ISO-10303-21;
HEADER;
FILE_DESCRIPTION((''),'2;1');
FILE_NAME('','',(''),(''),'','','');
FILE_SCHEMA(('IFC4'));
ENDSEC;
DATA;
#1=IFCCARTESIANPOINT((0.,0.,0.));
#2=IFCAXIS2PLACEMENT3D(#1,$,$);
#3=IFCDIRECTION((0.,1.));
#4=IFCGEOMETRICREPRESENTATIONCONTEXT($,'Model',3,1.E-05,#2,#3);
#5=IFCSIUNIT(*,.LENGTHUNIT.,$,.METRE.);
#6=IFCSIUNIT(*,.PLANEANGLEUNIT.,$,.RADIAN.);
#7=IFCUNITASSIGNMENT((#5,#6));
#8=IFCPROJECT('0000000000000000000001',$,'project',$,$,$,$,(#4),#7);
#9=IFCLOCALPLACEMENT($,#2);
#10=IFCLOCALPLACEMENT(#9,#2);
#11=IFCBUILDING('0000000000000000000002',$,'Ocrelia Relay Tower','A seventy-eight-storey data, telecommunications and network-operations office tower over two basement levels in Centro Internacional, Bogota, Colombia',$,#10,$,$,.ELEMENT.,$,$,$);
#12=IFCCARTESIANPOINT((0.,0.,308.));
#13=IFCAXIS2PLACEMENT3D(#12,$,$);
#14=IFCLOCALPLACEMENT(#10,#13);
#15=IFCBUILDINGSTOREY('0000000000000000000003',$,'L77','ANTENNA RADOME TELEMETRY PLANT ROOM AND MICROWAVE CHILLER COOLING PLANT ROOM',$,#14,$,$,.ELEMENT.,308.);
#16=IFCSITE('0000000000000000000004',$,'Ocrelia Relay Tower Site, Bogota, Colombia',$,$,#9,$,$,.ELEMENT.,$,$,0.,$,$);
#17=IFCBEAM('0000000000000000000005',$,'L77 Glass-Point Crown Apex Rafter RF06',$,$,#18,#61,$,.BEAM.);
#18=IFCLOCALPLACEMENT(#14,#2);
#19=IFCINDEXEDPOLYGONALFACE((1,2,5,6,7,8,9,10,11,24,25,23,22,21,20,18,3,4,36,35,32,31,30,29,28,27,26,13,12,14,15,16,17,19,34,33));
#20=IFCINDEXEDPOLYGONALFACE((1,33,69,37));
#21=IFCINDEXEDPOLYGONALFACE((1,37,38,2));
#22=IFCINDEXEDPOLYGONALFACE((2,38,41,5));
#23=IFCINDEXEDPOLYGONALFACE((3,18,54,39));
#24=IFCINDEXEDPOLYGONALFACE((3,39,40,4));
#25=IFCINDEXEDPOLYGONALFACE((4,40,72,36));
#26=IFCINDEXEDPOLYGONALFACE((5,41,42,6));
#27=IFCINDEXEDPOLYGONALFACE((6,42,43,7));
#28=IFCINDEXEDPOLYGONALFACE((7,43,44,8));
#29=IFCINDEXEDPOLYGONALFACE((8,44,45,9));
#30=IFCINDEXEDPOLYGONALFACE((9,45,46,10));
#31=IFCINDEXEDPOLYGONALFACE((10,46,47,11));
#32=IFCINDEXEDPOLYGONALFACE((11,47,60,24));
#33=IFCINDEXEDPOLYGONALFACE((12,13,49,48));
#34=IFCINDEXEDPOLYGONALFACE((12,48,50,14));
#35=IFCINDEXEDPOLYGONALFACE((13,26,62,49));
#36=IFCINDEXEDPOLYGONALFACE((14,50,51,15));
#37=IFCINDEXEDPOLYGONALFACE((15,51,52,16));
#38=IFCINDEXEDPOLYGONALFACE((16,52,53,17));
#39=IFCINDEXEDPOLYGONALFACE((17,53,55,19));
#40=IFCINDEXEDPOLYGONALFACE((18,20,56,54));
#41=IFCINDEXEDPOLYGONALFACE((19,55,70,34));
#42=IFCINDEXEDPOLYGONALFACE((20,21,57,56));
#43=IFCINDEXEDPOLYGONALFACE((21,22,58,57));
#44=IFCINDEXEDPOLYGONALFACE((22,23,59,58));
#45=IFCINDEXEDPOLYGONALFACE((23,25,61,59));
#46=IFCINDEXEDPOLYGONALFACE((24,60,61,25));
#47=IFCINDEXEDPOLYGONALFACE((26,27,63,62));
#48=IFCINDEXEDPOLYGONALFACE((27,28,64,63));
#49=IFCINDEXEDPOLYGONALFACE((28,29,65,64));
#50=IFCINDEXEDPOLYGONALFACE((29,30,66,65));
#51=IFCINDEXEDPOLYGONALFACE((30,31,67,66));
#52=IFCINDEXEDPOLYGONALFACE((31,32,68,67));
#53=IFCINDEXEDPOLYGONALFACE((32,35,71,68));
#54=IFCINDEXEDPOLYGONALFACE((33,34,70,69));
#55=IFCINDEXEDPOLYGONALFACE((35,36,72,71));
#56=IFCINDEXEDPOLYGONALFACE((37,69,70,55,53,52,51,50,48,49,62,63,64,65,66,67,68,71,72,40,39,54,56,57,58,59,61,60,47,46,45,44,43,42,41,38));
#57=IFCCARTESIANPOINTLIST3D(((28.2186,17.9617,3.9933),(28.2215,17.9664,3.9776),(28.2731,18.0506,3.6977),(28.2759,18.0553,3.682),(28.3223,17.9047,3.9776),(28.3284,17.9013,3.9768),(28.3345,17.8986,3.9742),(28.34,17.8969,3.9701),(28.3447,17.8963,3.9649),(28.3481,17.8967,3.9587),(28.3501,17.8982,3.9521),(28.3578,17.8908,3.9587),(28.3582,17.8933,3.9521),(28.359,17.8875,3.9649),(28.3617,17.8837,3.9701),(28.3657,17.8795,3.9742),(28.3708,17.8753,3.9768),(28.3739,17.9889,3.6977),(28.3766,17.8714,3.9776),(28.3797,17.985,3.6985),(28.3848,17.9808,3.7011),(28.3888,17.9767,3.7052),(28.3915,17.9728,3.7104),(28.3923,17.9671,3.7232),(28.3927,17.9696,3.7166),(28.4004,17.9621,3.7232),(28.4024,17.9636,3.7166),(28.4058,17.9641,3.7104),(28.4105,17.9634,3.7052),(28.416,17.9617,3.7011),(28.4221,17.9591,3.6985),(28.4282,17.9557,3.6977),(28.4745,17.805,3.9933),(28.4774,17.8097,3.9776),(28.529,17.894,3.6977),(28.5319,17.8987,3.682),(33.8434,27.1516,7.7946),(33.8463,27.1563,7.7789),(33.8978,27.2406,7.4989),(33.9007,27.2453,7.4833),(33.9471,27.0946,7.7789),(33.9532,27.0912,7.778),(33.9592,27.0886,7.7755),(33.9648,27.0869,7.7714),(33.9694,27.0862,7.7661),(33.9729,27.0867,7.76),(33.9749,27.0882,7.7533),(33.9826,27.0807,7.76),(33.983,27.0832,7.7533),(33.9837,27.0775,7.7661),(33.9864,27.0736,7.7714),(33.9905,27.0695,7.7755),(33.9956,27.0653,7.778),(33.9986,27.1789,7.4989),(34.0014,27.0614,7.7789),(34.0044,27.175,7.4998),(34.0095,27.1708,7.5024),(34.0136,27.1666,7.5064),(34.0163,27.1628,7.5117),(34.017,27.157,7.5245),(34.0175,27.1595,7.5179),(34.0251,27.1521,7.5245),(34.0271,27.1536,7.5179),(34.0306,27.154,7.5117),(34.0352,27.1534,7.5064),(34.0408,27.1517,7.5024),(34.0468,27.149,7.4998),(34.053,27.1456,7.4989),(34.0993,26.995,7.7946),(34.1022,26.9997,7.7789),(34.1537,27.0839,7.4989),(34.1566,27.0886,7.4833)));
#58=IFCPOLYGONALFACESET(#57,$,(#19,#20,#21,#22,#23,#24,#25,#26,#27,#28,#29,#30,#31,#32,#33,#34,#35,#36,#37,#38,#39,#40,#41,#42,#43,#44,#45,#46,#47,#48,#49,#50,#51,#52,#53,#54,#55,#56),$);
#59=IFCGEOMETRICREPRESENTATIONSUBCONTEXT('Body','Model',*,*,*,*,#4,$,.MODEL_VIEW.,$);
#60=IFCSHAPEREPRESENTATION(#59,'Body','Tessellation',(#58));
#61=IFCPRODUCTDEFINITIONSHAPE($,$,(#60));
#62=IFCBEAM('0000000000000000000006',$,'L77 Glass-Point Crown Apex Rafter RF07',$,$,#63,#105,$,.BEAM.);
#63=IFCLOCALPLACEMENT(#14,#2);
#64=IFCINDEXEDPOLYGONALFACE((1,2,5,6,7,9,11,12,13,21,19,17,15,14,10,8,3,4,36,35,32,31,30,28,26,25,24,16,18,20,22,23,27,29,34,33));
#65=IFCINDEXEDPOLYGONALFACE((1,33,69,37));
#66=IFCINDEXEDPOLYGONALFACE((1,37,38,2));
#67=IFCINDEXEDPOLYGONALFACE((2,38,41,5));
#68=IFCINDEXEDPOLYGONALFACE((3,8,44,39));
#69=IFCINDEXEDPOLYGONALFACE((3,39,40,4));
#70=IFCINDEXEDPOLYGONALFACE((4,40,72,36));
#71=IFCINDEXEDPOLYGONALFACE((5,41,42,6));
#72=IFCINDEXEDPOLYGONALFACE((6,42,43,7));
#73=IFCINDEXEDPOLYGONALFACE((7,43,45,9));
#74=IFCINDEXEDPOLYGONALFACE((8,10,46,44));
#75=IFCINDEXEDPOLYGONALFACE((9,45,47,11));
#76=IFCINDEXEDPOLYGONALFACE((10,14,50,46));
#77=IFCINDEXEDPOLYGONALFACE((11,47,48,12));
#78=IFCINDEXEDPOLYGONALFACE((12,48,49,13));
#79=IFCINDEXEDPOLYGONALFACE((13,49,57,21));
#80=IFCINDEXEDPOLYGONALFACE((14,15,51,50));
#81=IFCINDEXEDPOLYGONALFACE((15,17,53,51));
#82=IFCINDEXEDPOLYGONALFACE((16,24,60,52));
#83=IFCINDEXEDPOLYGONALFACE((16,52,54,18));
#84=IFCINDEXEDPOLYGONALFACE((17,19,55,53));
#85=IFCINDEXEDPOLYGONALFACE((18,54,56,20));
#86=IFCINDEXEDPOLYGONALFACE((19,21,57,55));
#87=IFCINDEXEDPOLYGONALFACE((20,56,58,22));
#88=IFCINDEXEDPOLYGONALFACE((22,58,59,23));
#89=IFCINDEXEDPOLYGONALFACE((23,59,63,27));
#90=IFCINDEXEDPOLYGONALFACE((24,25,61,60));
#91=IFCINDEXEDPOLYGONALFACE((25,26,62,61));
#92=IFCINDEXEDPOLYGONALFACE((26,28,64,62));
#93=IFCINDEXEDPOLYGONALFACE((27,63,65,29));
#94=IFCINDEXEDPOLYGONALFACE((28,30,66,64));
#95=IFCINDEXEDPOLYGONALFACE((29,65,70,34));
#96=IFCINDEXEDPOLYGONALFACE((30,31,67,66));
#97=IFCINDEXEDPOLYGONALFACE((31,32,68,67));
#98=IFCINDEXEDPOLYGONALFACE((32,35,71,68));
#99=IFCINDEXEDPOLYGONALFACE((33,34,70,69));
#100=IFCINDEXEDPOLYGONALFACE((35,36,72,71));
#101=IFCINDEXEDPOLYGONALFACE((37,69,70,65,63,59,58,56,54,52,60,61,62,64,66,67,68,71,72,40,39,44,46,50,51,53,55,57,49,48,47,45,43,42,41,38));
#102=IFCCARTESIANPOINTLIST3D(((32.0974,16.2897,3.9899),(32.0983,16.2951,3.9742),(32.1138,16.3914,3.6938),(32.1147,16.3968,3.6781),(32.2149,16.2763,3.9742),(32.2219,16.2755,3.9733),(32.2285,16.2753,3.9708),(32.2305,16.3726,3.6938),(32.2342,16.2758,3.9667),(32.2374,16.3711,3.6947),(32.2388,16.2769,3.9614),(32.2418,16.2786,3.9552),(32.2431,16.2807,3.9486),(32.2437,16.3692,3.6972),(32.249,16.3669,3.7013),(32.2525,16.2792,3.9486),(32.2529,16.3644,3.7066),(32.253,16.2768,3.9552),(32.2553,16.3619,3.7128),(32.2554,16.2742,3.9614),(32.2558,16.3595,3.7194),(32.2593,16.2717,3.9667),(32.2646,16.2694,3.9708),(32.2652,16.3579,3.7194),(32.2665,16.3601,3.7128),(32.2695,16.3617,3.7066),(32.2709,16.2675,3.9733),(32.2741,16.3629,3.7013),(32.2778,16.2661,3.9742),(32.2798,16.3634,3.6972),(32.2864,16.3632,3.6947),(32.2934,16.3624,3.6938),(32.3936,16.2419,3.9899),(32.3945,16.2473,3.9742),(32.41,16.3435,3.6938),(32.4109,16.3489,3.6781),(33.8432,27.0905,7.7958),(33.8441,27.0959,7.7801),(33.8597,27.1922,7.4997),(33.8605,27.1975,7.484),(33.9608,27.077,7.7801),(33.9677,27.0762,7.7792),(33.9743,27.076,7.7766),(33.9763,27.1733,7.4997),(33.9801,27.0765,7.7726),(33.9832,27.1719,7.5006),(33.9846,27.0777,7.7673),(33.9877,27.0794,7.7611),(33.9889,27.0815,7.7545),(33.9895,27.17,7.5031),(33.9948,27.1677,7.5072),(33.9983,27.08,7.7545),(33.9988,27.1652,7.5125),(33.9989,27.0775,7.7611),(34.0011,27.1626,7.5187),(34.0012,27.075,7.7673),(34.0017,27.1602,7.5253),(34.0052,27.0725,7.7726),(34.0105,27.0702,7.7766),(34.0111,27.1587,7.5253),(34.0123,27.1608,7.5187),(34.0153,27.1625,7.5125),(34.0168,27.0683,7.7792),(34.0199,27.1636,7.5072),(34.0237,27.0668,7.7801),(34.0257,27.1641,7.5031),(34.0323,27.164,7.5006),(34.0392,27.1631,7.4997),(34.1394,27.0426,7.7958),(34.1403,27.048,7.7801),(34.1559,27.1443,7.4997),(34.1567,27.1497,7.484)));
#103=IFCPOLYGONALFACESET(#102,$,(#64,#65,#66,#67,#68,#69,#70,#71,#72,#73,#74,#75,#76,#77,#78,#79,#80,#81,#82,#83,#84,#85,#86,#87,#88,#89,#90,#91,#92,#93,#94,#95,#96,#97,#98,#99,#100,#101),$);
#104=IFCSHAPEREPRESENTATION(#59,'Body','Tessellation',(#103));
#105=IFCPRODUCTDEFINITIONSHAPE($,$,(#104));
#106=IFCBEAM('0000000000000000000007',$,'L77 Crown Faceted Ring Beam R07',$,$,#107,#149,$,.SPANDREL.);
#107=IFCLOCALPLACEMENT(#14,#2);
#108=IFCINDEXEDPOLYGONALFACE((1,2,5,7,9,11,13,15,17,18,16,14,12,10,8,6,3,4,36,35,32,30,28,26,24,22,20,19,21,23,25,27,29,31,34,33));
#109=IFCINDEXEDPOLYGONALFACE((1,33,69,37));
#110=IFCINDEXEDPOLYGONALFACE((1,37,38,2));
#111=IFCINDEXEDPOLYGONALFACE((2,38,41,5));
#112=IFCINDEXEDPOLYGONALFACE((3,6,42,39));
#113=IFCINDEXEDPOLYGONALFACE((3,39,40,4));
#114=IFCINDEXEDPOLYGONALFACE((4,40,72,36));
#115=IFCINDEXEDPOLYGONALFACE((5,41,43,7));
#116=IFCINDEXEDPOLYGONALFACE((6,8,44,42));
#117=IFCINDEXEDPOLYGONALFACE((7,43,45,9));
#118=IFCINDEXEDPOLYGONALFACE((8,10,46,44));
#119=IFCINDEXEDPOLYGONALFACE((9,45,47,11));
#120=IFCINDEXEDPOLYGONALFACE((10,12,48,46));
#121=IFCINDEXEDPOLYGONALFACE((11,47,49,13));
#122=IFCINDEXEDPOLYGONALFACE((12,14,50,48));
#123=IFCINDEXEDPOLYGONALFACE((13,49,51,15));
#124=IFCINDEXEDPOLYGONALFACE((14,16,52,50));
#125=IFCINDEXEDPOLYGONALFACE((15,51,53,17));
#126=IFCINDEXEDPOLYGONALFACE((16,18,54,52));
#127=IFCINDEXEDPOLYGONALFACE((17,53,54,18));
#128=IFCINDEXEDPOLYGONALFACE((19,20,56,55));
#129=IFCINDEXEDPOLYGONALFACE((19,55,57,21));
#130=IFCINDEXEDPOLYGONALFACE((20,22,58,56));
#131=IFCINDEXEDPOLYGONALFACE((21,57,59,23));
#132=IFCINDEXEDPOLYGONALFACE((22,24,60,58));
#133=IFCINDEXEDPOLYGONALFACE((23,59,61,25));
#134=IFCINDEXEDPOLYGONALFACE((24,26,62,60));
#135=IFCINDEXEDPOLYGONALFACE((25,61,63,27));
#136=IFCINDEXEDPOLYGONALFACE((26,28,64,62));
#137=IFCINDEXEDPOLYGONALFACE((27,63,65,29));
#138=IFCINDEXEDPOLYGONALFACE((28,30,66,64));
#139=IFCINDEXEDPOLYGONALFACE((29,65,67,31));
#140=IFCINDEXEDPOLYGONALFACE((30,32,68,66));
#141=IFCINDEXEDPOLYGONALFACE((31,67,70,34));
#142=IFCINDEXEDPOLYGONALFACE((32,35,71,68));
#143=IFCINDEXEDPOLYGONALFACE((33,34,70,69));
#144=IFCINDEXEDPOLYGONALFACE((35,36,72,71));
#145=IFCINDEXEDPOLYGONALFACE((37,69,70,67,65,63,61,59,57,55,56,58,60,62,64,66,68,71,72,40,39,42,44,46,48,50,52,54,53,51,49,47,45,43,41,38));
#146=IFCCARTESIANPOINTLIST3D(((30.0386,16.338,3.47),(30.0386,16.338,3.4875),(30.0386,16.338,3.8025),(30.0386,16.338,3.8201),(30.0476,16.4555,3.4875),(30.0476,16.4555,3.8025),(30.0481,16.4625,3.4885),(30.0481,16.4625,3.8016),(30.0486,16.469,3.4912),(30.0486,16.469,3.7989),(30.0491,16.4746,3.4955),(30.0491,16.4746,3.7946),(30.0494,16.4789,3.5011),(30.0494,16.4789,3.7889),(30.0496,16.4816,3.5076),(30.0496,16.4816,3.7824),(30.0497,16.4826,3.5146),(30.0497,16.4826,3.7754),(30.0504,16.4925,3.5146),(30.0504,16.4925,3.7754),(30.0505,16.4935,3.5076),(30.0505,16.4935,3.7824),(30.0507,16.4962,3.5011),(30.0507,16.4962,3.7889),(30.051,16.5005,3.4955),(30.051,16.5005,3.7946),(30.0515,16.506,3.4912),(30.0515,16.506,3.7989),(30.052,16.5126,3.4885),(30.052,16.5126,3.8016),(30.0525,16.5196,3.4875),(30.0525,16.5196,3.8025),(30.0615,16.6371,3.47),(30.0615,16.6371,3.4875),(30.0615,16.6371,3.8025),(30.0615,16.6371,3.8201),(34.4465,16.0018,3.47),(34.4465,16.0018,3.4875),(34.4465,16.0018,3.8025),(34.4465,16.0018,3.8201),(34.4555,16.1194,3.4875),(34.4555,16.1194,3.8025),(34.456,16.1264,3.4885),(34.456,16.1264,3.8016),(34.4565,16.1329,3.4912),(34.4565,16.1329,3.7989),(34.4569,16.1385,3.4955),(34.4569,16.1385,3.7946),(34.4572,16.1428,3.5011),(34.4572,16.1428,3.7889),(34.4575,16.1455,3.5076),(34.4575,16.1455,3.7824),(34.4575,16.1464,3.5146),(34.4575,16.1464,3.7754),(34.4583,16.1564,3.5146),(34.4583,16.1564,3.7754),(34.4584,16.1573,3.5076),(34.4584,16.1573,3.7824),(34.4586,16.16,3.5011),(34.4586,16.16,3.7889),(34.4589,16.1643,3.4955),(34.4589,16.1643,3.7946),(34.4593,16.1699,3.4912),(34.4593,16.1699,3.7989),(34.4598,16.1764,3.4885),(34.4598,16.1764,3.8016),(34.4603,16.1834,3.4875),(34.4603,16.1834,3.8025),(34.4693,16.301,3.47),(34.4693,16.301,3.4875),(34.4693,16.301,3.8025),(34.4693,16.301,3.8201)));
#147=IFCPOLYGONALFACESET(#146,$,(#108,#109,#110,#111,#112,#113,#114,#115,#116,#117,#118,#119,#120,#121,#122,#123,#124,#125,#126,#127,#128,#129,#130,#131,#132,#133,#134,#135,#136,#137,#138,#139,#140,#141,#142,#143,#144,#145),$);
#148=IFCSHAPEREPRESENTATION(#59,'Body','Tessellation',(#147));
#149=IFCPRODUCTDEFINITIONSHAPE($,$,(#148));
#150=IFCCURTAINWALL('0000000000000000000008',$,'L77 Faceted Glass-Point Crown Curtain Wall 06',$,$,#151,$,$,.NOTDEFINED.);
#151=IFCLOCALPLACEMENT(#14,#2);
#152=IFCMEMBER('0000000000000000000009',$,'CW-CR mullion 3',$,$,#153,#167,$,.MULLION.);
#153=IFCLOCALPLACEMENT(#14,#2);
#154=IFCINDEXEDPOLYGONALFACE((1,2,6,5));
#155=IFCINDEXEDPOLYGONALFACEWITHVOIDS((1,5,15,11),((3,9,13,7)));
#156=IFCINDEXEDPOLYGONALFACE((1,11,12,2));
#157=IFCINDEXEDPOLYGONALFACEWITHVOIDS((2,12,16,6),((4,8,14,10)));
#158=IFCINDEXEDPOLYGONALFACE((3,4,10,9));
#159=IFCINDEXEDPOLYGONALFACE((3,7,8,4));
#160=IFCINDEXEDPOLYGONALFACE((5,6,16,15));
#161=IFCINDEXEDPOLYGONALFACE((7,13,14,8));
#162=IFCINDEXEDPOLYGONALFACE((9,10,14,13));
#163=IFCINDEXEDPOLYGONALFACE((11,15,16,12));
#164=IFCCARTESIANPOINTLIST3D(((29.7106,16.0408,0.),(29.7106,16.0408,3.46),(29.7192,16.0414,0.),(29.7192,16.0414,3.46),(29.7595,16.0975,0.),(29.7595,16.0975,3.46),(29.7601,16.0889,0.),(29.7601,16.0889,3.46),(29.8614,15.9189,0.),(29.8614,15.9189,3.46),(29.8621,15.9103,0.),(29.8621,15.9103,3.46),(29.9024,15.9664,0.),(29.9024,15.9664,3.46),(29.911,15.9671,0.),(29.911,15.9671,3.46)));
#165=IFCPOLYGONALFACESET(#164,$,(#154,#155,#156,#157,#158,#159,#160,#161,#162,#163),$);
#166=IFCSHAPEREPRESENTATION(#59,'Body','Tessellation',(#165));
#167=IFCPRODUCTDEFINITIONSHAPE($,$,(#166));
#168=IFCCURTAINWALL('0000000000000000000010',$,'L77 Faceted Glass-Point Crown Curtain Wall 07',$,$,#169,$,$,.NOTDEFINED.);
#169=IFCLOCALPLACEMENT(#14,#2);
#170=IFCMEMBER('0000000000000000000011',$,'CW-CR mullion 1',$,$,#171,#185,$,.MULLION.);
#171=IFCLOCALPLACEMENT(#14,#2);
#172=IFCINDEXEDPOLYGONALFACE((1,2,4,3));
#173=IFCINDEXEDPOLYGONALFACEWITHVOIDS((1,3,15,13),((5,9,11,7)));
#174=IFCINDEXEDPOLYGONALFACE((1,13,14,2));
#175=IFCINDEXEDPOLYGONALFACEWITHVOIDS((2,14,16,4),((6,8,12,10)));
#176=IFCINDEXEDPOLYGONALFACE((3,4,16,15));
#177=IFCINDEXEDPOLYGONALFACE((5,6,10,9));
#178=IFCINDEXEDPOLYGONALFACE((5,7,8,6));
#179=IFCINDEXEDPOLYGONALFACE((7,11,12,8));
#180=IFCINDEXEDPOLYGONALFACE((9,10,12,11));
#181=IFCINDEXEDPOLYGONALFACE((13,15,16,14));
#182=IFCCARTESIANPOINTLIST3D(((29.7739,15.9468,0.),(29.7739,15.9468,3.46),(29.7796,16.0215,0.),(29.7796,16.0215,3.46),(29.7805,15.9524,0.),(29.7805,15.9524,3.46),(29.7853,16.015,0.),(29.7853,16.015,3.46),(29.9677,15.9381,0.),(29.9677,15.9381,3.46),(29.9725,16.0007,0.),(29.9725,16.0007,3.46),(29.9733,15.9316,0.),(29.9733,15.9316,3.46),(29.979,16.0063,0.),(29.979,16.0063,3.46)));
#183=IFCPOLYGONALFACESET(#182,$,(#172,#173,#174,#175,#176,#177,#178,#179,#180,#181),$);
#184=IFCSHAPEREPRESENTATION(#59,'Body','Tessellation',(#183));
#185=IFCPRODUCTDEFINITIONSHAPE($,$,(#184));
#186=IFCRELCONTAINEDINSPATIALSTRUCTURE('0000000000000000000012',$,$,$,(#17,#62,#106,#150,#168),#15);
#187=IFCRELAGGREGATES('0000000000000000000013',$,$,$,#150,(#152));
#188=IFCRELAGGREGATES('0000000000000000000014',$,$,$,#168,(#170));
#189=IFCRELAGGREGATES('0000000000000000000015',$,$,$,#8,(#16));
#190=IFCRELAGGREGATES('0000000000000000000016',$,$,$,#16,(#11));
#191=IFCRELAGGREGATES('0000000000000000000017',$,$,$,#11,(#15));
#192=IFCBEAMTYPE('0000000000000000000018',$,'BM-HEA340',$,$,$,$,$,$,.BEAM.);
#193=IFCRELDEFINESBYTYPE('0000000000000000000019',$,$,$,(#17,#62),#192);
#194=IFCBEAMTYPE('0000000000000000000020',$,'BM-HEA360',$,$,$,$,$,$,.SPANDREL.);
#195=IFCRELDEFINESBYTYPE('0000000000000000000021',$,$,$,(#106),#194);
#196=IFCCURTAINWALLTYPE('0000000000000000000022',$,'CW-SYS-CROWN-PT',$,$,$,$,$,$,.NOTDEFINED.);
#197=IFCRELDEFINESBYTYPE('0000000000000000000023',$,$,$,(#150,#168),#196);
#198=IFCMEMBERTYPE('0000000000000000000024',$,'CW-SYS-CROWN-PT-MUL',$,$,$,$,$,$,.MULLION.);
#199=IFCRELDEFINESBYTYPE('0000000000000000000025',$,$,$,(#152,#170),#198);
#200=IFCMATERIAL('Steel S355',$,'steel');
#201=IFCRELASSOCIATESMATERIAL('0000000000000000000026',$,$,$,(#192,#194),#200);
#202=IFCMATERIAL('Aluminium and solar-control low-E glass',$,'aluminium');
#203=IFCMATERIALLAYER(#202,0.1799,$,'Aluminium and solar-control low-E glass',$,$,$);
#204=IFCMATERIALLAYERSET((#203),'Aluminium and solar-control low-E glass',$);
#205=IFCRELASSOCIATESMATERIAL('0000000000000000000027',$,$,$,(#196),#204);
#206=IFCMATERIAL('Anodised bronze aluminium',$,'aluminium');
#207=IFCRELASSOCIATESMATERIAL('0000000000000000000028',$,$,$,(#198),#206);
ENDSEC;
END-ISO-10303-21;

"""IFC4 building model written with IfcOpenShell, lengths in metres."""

from ifc_helpers import new_model, si_unit, direction, frame, origin, origin_2d, place, context, subcontext, project, spatial, hollow_rectangle, i_section, extrude, material, layer, layer_set, material_profile, profile_set, type_object, element, aggregate, save


model = new_model("IFC4")

# Units and contexts
model_context = context("Model", 3, precision=1e-05, world=origin(), true_north=direction((0.0, 1.0)))
body_context = subcontext(model_context, "Body", "Model", "MODEL_VIEW")
ifc_project = project(units=[si_unit("LENGTHUNIT", "METRE"), si_unit("PLANEANGLEUNIT", "RADIAN")], contexts=[model_context])

# Site, building, storey
site_placement = place(None, origin())
site = spatial("IfcSite", under=ifc_project, at=site_placement, Name="Ocrelia Relay Tower Site, Bogota, Colombia", CompositionType="ELEMENT", RefElevation=0.0)
building_placement = place(site_placement, origin())
building = spatial("IfcBuilding", under=site, at=building_placement, Name="Ocrelia Relay Tower", Description="A seventy-eight-storey data, telecommunications and network-operations office tower over two basement levels in Centro Internacional, Bogota, Colombia", CompositionType="ELEMENT")
storey_placement = place(building_placement, frame((0.0, 0.0, 308.0)))
storey = spatial("IfcBuildingStorey", under=building, at=storey_placement, Name="L77", Description="ANTENNA RADOME TELEMETRY PLANT ROOM AND MICROWAVE CHILLER COOLING PLANT ROOM", CompositionType="ELEMENT", Elevation=308.0)

# Beams
ifc_material_1 = material(Name="Steel S355", Category="steel")
ifc_material_profile_1 = material_profile(ifc_material_1, i_section(OverallWidth=0.3, OverallDepth=0.3301, WebThickness=0.0095, FlangeThickness=0.0166, FilletRadius=0.0271, at=origin_2d()), Name="HEA 340")
ifc_profile_set_1 = profile_set([ifc_material_profile_1], Name="Steel S355")
beam_type_1 = type_object("IfcBeamType", Name="BM-HEA340", PredefinedType="BEAM", material=ifc_profile_set_1)
beam_1_placement = place(storey_placement, frame((28.3752, 17.9302, 3.8376), z_axis=(0.492297, 0.804334, 0.3327), x_axis=(-0.852923, 0.522036, 0.0)))
element("IfcBeam", 1, at=beam_1_placement, inside=storey, type_object=beam_type_1, Name="L77 Glass-Point Crown Apex Rafter RF06", PredefinedType="BEAM", context=body_context, shape_type="SweptSolid", body=[
    extrude(i_section(OverallWidth=0.3, OverallDepth=0.3301, WebThickness=0.0095, FlangeThickness=0.0166, FilletRadius=0.0271, at=origin_2d()), origin(), (0.0, 0.0, 1.0), 11.4255),
])
beam_2_placement = place(storey_placement, frame((32.2542, 16.3193, 3.834), z_axis=(0.150712, 0.932385, 0.328548), x_axis=(-0.987187, 0.15957, 0.0)))
element("IfcBeam", 2, at=beam_2_placement, inside=storey, type_object=beam_type_1, Name="L77 Glass-Point Crown Apex Rafter RF07", PredefinedType="BEAM", context=body_context, shape_type="SweptSolid", body=[
    extrude(i_section(OverallWidth=0.3, OverallDepth=0.3301, WebThickness=0.0095, FlangeThickness=0.0166, FilletRadius=0.0271, at=origin_2d()), origin(), (0.0, 0.0, 1.0), 11.584),
])
ifc_material_profile_2 = material_profile(ifc_material_1, i_section(OverallWidth=0.3, OverallDepth=0.3501, WebThickness=0.01, FlangeThickness=0.0176, FilletRadius=0.0271, at=origin_2d()), Name="HEA 360")
ifc_profile_set_2 = profile_set([ifc_material_profile_2], Name="Steel S355")
beam_type_2 = type_object("IfcBeamType", Name="BM-HEA360", PredefinedType="SPANDREL", material=ifc_profile_set_2)
beam_3_placement = place(storey_placement, frame((30.05, 16.4875, 3.645), z_axis=(0.997104, -0.076046, 0.0), x_axis=(0.076046, 0.997104, 0.0)))
element("IfcBeam", 3, at=beam_3_placement, inside=storey, type_object=beam_type_2, Name="L77 Crown Faceted Ring Beam R07", PredefinedType="SPANDREL", context=body_context, shape_type="SweptSolid", body=[
    extrude(i_section(OverallWidth=0.3, OverallDepth=0.3501, WebThickness=0.01, FlangeThickness=0.0176, FilletRadius=0.0271, at=origin_2d()), origin(), (0.0, 0.0, 1.0), 4.4207),
])

# Curtain wall, member
ifc_material_2 = material(Name="Aluminium and solar-control low-E glass", Category="aluminium")
ifc_layer_1 = layer(ifc_material_2, 0.1799, Name="Aluminium and solar-control low-E glass")
ifc_layer_set_1 = layer_set([ifc_layer_1], Name="Aluminium and solar-control low-E glass")
curtain_wall_type = type_object("IfcCurtainWallType", Name="CW-SYS-CROWN-PT", PredefinedType="NOTDEFINED", material=ifc_layer_set_1)
curtain_wall_1_placement = place(storey_placement, origin())
curtain_wall_1 = element("IfcCurtainWall", 4, at=curtain_wall_1_placement, inside=storey, type_object=curtain_wall_type, Name="L77 Faceted Glass-Point Crown Curtain Wall 06", PredefinedType="NOTDEFINED")
ifc_material_3 = material(Name="Anodised bronze aluminium", Category="aluminium")
ifc_material_profile_3 = material_profile(ifc_material_3, hollow_rectangle(XDim=0.075, YDim=0.2, WallThickness=0.0061, at=origin_2d()), Name="CW-MUL-200x75")
ifc_profile_set_3 = profile_set([ifc_material_profile_3], Name="Anodised bronze aluminium")
member_type_1 = type_object("IfcMemberType", Name="CW-SYS-CROWN-PT-MUL", PredefinedType="MULLION", material=ifc_profile_set_3)
member_1_placement = place(storey_placement, frame((29.8108, 16.0039, 0.0), z_axis=(0.0, 0.0, 1.0), x_axis=(0.652581, 0.757719, 0.0)))
member_1 = element("IfcMember", 5, at=member_1_placement, type_object=member_type_1, Name="CW-CR mullion 3", PredefinedType="MULLION", context=body_context, shape_type="SweptSolid", body=[
    extrude(hollow_rectangle(XDim=0.075, YDim=0.2, WallThickness=0.0061, at=origin_2d()), origin(), (0.0, 0.0, 1.0), 3.46),
])

# Curtain wall, member
curtain_wall_2_placement = place(storey_placement, origin())
curtain_wall_2 = element("IfcCurtainWall", 6, at=curtain_wall_2_placement, inside=storey, type_object=curtain_wall_type, Name="L77 Faceted Glass-Point Crown Curtain Wall 07", PredefinedType="NOTDEFINED")
member_2_placement = place(storey_placement, frame((29.8765, 15.9766, 0.0), z_axis=(0.0, 0.0, 1.0), x_axis=(0.076089, 0.997101, 0.0)))
member_2 = element("IfcMember", 7, at=member_2_placement, type_object=member_type_1, Name="CW-CR mullion 1", PredefinedType="MULLION", context=body_context, shape_type="SweptSolid", body=[
    extrude(hollow_rectangle(XDim=0.075, YDim=0.2, WallThickness=0.0061, at=origin_2d()), origin(), (0.0, 0.0, 1.0), 3.46),
])

aggregate(curtain_wall_1, [member_1])
aggregate(curtain_wall_2, [member_2])

save(model, "model.ifc")
